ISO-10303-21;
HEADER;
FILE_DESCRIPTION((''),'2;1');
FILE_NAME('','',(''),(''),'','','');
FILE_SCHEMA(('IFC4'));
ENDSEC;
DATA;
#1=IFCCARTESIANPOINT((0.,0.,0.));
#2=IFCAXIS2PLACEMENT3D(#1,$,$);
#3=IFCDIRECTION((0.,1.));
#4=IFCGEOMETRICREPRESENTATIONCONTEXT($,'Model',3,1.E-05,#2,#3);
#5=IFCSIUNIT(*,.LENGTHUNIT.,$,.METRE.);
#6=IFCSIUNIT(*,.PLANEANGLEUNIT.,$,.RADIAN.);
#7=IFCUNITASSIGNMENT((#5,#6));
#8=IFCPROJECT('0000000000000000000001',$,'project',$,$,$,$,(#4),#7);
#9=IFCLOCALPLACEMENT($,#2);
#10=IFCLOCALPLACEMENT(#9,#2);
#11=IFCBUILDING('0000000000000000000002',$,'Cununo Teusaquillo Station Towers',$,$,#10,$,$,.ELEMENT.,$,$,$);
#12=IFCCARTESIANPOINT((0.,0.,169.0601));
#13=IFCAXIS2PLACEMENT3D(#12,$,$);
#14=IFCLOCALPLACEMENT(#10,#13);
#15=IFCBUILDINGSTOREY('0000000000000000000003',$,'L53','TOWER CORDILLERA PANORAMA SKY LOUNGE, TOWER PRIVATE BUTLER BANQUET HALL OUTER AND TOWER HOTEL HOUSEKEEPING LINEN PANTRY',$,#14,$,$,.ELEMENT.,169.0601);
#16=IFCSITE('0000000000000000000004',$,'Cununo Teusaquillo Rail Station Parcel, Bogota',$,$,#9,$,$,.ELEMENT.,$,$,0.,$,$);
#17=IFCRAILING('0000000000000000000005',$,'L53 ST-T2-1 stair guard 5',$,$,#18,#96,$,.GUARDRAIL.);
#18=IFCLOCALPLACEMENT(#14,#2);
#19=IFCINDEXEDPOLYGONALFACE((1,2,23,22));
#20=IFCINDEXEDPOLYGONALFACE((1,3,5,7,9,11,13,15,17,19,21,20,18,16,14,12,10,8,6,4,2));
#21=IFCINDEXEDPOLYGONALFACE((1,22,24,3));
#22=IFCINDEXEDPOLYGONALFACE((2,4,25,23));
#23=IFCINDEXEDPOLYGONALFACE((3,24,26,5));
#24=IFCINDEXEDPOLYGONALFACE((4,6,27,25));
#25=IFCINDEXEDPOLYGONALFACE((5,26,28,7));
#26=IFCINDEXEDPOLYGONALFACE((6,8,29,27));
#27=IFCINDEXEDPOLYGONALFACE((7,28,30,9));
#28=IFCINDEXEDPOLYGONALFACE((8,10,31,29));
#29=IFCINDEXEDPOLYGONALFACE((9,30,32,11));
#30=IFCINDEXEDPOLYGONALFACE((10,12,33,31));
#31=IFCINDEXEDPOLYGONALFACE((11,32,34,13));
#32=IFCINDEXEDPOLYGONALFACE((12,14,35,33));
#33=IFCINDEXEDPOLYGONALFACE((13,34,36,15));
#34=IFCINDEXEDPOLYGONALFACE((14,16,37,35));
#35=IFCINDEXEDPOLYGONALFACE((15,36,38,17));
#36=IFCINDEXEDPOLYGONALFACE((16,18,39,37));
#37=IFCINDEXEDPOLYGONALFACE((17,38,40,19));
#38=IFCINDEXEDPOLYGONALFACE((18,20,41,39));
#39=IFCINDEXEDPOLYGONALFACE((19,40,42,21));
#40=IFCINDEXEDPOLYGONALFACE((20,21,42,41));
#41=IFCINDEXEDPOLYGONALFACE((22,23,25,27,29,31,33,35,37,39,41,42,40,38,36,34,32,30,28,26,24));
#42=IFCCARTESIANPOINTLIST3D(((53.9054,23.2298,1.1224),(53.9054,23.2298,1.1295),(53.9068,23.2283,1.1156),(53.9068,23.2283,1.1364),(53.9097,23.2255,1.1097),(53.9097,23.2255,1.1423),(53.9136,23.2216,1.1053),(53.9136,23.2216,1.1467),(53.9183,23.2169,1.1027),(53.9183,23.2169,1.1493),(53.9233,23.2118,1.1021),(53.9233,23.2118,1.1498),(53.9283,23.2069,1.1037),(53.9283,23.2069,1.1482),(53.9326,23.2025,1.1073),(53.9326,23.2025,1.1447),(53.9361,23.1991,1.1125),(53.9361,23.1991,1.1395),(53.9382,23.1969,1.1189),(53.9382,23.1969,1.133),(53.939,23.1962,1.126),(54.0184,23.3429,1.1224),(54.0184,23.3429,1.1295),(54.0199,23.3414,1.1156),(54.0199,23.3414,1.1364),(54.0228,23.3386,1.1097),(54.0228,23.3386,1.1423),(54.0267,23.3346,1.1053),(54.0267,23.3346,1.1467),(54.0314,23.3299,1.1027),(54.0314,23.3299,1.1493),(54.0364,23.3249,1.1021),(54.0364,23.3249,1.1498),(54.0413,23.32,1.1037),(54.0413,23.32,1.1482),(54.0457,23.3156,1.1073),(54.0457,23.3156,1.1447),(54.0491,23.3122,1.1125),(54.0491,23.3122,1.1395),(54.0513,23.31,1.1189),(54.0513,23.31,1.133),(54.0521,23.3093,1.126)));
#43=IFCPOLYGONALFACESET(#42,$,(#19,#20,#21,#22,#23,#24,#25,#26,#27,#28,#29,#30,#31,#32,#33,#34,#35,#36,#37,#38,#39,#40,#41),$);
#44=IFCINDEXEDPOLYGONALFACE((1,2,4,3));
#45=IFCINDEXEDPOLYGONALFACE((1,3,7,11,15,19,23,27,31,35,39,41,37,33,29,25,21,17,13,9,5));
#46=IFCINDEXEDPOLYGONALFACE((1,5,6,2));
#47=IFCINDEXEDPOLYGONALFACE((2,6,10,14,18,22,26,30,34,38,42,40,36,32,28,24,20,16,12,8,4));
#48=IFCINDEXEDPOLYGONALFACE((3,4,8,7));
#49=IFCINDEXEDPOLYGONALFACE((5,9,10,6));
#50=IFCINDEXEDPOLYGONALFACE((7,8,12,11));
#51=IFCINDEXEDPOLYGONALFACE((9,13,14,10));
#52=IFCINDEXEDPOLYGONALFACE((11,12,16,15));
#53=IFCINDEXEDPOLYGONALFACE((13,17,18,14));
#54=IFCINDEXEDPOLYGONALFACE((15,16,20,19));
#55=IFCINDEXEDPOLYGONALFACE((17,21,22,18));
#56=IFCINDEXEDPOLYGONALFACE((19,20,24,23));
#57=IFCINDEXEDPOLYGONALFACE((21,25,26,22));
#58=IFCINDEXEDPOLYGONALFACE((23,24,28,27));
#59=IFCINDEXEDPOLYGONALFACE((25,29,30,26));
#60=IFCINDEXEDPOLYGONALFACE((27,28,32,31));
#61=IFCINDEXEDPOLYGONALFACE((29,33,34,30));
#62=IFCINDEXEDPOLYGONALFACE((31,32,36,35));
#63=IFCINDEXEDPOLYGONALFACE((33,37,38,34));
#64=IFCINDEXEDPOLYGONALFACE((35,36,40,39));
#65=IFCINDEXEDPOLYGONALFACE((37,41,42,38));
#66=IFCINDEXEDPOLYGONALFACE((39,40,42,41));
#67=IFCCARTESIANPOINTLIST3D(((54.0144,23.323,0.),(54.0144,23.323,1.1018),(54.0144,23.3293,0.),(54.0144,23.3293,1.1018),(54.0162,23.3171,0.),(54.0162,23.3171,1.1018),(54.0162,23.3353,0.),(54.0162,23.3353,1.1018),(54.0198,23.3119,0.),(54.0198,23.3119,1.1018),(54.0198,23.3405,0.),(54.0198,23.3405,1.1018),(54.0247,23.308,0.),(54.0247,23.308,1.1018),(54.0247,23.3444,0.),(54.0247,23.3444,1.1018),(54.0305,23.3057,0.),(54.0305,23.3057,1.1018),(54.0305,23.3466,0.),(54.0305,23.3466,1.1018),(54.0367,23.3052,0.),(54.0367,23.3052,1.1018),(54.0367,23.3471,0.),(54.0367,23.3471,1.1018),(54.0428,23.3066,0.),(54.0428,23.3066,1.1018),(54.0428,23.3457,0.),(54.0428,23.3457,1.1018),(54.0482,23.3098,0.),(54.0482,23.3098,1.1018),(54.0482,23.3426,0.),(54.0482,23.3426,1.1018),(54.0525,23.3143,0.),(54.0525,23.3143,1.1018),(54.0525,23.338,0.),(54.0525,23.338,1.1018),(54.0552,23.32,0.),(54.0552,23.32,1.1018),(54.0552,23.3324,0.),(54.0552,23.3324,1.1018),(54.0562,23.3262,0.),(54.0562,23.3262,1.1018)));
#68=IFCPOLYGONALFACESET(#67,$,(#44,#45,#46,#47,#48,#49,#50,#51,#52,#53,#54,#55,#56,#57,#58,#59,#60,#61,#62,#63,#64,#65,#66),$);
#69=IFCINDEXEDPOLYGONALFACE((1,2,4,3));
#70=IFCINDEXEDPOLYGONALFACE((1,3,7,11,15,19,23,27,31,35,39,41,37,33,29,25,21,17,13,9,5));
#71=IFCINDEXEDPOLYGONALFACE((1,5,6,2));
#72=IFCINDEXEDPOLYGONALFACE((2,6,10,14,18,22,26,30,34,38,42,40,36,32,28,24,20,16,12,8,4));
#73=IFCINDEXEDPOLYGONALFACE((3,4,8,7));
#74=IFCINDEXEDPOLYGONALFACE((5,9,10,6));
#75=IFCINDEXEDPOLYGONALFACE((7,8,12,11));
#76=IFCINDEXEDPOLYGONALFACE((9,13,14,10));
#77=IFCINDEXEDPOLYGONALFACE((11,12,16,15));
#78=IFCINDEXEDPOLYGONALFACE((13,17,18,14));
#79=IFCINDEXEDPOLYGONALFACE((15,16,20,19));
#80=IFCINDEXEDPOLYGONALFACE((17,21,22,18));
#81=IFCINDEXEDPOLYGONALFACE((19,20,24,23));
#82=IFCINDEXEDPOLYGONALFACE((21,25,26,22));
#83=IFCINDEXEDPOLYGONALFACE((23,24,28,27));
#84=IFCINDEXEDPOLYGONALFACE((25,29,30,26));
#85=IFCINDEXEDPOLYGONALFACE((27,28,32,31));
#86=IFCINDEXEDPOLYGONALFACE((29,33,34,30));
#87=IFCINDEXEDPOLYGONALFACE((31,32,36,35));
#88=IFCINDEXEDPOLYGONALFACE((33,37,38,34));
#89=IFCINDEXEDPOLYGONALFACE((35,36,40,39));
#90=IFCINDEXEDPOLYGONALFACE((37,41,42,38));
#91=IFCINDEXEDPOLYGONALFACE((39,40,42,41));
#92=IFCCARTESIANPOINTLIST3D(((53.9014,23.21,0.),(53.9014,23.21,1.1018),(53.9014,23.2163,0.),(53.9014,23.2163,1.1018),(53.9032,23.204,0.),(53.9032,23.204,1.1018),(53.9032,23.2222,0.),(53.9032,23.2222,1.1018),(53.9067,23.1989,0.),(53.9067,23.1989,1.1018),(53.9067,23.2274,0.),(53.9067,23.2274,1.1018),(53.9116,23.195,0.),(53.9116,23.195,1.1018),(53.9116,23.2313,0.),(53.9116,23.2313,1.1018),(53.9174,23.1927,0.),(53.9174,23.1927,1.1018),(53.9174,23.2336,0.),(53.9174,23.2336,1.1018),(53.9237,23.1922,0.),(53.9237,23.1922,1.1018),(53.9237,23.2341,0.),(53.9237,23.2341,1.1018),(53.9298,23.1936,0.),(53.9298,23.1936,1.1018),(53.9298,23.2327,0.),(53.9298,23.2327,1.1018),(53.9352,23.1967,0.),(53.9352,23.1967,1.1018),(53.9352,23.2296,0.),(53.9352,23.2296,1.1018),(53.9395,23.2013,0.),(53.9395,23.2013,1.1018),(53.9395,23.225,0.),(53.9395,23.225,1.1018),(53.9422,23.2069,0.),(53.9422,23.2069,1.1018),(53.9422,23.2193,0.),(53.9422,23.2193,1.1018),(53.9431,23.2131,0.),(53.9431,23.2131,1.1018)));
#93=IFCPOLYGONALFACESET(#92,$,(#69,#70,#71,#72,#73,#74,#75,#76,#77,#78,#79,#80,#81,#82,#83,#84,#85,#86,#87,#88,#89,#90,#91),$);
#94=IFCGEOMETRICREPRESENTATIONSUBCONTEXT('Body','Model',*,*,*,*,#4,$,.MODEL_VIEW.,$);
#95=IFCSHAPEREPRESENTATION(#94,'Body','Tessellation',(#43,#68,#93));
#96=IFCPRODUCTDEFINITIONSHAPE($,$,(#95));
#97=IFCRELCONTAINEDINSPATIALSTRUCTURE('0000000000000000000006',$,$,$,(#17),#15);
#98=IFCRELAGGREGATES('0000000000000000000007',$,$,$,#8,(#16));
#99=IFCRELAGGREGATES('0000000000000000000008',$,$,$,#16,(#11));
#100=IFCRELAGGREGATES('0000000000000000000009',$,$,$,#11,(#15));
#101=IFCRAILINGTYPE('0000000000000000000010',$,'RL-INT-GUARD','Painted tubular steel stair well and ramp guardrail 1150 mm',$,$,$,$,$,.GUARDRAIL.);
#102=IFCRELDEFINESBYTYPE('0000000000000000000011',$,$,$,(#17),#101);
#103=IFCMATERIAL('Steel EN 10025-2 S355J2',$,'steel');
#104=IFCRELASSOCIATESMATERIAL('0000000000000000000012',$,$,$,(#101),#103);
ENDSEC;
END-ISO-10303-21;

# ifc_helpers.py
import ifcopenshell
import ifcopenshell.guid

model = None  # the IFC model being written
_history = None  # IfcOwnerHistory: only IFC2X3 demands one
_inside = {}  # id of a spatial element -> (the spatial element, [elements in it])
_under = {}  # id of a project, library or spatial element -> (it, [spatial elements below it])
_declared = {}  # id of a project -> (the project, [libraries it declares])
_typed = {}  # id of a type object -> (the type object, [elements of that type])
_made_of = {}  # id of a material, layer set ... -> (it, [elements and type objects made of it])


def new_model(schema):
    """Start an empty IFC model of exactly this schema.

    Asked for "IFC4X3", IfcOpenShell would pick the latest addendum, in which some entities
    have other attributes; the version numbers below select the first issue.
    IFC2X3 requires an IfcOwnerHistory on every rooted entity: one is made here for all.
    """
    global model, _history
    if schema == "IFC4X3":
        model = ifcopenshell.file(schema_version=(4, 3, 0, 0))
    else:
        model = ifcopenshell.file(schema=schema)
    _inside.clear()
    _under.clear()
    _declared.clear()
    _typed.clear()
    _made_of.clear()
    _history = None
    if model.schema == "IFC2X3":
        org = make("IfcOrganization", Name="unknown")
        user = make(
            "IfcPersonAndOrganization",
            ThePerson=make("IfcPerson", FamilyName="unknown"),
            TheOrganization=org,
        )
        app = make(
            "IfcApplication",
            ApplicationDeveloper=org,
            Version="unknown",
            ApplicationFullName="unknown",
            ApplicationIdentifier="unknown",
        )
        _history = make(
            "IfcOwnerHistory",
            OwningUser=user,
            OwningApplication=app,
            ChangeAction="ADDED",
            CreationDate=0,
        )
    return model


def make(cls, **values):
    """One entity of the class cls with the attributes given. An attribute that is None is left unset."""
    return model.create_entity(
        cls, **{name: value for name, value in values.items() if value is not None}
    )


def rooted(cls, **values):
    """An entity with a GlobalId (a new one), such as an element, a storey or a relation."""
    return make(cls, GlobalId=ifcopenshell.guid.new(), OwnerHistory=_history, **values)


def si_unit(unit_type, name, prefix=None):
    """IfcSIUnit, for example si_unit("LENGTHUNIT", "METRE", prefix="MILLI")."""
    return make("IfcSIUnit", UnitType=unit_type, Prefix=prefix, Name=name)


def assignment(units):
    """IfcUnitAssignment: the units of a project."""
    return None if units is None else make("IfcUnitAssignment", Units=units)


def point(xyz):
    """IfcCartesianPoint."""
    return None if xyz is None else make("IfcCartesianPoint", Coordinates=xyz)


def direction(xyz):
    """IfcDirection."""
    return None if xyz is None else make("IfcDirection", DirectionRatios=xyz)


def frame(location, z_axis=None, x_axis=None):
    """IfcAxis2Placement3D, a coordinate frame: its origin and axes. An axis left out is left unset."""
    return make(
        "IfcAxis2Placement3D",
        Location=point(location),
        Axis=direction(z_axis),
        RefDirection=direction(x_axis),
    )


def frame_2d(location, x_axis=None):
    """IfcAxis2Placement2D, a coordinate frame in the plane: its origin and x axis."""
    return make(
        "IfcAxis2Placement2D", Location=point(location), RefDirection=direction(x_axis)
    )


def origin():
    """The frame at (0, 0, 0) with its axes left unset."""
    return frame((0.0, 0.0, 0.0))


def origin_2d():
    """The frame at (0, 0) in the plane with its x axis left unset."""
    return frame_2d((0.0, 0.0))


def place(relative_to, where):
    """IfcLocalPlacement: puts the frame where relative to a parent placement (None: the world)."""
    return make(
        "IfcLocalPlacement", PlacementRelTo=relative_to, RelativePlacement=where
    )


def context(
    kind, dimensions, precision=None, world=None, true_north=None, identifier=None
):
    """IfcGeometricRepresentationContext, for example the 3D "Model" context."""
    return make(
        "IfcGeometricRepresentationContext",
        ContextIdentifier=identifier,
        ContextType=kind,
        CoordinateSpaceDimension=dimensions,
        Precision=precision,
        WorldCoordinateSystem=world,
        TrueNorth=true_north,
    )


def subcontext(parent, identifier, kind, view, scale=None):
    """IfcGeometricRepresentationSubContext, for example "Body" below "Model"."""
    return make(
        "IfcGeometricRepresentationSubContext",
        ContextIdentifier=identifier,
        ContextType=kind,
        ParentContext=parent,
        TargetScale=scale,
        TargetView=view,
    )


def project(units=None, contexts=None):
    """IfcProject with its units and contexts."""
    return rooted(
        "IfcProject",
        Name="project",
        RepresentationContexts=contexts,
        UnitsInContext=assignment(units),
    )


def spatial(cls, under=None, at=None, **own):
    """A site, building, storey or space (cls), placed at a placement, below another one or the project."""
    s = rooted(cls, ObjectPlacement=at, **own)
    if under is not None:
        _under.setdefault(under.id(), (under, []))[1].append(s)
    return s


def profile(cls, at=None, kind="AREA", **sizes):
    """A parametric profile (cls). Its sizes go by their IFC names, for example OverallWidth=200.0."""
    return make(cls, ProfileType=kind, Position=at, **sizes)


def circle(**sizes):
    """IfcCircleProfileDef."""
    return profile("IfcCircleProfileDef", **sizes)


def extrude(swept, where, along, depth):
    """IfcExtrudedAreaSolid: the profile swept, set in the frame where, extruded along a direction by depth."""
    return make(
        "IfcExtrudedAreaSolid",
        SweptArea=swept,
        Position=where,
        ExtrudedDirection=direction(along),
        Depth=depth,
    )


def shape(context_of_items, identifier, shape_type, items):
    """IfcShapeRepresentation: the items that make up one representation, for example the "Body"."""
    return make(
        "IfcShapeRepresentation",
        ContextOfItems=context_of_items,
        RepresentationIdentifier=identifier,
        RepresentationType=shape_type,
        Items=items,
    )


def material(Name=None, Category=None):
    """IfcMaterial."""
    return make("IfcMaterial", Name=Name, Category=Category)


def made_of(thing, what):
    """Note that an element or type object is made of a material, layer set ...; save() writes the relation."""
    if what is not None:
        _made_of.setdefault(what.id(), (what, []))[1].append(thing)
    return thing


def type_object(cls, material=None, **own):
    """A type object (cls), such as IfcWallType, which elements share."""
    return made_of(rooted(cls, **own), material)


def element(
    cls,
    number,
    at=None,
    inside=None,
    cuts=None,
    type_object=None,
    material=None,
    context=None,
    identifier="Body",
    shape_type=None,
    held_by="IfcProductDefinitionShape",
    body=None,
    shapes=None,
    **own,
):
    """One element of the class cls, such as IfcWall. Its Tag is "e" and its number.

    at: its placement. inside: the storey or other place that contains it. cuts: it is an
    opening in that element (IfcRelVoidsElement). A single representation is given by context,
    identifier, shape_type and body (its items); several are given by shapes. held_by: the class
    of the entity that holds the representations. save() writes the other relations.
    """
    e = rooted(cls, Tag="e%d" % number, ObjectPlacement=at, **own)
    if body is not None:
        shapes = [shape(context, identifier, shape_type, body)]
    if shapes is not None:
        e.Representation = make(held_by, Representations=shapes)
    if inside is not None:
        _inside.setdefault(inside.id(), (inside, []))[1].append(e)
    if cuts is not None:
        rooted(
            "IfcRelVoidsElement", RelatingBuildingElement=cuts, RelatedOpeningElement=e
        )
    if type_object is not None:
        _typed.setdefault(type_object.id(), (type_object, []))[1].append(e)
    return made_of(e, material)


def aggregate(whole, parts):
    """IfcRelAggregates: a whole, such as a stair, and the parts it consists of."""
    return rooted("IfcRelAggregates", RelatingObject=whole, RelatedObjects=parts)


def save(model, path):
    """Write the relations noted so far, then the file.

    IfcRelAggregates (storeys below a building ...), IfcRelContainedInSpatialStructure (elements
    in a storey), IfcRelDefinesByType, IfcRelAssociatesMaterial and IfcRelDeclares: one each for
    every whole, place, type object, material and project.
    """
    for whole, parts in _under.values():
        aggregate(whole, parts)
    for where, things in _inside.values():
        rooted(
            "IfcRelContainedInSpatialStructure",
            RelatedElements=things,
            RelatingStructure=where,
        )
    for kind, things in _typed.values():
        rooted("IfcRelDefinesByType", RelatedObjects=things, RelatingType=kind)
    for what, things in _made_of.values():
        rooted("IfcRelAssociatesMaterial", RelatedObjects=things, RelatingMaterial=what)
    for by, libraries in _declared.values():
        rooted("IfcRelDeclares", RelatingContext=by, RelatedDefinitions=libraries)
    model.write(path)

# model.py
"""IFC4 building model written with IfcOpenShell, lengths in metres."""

from ifc_helpers import new_model, si_unit, direction, frame, origin, origin_2d, place, context, subcontext, project, spatial, circle, extrude, material, type_object, element, save


model = new_model("IFC4")

# Units and contexts
model_context = context("Model", 3, precision=1e-05, world=origin(), true_north=direction((0.0, 1.0)))
body_context = subcontext(model_context, "Body", "Model", "MODEL_VIEW")
ifc_project = project(units=[si_unit("LENGTHUNIT", "METRE"), si_unit("PLANEANGLEUNIT", "RADIAN")], contexts=[model_context])

# Site, building, storey
site_placement = place(None, origin())
site = spatial("IfcSite", under=ifc_project, at=site_placement, Name="Cununo Teusaquillo Rail Station Parcel, Bogota", CompositionType="ELEMENT", RefElevation=0.0)
building_placement = place(site_placement, origin())
building = spatial("IfcBuilding", under=site, at=building_placement, Name="Cununo Teusaquillo Station Towers", CompositionType="ELEMENT")
storey_placement = place(building_placement, frame((0.0, 0.0, 169.0601)))
storey = spatial("IfcBuildingStorey", under=building, at=storey_placement, Name="L53", Description="TOWER CORDILLERA PANORAMA SKY LOUNGE, TOWER PRIVATE BUTLER BANQUET HALL OUTER AND TOWER HOTEL HOUSEKEEPING LINEN PANTRY", CompositionType="ELEMENT", Elevation=169.0601)

# Railing
ifc_material_1 = material(Name="Steel EN 10025-2 S355J2", Category="steel")
railing_type_1 = type_object("IfcRailingType", Name="RL-INT-GUARD", Description="Painted tubular steel stair well and ramp guardrail 1150 mm", PredefinedType="GUARDRAIL", material=ifc_material_1)
railing_1_placement = place(storey_placement, frame((54.0352, 23.3262, 0.0)))
element("IfcRailing", 1, at=railing_1_placement, inside=storey, type_object=railing_type_1, Name="L53 ST-T2-1 stair guard 5", PredefinedType="GUARDRAIL", context=body_context, shape_type="SweptSolid", body=[
    extrude(circle(Radius=0.0239, at=origin_2d()), frame((0.0, 0.0, 1.126), z_axis=(-0.707107, -0.707107, 0.0), x_axis=(0.707107, -0.707107, 0.0)), (0.0, 0.0, 1.0), 0.1599),
    extrude(circle(Radius=0.021, at=origin_2d()), origin(), (0.0, 0.0, 1.0), 1.1018),
    extrude(circle(Radius=0.021, at=origin_2d()), frame((-0.113, -0.113, 0.0)), (0.0, 0.0, 1.0), 1.1018),
])

save(model, "model.ifc")
